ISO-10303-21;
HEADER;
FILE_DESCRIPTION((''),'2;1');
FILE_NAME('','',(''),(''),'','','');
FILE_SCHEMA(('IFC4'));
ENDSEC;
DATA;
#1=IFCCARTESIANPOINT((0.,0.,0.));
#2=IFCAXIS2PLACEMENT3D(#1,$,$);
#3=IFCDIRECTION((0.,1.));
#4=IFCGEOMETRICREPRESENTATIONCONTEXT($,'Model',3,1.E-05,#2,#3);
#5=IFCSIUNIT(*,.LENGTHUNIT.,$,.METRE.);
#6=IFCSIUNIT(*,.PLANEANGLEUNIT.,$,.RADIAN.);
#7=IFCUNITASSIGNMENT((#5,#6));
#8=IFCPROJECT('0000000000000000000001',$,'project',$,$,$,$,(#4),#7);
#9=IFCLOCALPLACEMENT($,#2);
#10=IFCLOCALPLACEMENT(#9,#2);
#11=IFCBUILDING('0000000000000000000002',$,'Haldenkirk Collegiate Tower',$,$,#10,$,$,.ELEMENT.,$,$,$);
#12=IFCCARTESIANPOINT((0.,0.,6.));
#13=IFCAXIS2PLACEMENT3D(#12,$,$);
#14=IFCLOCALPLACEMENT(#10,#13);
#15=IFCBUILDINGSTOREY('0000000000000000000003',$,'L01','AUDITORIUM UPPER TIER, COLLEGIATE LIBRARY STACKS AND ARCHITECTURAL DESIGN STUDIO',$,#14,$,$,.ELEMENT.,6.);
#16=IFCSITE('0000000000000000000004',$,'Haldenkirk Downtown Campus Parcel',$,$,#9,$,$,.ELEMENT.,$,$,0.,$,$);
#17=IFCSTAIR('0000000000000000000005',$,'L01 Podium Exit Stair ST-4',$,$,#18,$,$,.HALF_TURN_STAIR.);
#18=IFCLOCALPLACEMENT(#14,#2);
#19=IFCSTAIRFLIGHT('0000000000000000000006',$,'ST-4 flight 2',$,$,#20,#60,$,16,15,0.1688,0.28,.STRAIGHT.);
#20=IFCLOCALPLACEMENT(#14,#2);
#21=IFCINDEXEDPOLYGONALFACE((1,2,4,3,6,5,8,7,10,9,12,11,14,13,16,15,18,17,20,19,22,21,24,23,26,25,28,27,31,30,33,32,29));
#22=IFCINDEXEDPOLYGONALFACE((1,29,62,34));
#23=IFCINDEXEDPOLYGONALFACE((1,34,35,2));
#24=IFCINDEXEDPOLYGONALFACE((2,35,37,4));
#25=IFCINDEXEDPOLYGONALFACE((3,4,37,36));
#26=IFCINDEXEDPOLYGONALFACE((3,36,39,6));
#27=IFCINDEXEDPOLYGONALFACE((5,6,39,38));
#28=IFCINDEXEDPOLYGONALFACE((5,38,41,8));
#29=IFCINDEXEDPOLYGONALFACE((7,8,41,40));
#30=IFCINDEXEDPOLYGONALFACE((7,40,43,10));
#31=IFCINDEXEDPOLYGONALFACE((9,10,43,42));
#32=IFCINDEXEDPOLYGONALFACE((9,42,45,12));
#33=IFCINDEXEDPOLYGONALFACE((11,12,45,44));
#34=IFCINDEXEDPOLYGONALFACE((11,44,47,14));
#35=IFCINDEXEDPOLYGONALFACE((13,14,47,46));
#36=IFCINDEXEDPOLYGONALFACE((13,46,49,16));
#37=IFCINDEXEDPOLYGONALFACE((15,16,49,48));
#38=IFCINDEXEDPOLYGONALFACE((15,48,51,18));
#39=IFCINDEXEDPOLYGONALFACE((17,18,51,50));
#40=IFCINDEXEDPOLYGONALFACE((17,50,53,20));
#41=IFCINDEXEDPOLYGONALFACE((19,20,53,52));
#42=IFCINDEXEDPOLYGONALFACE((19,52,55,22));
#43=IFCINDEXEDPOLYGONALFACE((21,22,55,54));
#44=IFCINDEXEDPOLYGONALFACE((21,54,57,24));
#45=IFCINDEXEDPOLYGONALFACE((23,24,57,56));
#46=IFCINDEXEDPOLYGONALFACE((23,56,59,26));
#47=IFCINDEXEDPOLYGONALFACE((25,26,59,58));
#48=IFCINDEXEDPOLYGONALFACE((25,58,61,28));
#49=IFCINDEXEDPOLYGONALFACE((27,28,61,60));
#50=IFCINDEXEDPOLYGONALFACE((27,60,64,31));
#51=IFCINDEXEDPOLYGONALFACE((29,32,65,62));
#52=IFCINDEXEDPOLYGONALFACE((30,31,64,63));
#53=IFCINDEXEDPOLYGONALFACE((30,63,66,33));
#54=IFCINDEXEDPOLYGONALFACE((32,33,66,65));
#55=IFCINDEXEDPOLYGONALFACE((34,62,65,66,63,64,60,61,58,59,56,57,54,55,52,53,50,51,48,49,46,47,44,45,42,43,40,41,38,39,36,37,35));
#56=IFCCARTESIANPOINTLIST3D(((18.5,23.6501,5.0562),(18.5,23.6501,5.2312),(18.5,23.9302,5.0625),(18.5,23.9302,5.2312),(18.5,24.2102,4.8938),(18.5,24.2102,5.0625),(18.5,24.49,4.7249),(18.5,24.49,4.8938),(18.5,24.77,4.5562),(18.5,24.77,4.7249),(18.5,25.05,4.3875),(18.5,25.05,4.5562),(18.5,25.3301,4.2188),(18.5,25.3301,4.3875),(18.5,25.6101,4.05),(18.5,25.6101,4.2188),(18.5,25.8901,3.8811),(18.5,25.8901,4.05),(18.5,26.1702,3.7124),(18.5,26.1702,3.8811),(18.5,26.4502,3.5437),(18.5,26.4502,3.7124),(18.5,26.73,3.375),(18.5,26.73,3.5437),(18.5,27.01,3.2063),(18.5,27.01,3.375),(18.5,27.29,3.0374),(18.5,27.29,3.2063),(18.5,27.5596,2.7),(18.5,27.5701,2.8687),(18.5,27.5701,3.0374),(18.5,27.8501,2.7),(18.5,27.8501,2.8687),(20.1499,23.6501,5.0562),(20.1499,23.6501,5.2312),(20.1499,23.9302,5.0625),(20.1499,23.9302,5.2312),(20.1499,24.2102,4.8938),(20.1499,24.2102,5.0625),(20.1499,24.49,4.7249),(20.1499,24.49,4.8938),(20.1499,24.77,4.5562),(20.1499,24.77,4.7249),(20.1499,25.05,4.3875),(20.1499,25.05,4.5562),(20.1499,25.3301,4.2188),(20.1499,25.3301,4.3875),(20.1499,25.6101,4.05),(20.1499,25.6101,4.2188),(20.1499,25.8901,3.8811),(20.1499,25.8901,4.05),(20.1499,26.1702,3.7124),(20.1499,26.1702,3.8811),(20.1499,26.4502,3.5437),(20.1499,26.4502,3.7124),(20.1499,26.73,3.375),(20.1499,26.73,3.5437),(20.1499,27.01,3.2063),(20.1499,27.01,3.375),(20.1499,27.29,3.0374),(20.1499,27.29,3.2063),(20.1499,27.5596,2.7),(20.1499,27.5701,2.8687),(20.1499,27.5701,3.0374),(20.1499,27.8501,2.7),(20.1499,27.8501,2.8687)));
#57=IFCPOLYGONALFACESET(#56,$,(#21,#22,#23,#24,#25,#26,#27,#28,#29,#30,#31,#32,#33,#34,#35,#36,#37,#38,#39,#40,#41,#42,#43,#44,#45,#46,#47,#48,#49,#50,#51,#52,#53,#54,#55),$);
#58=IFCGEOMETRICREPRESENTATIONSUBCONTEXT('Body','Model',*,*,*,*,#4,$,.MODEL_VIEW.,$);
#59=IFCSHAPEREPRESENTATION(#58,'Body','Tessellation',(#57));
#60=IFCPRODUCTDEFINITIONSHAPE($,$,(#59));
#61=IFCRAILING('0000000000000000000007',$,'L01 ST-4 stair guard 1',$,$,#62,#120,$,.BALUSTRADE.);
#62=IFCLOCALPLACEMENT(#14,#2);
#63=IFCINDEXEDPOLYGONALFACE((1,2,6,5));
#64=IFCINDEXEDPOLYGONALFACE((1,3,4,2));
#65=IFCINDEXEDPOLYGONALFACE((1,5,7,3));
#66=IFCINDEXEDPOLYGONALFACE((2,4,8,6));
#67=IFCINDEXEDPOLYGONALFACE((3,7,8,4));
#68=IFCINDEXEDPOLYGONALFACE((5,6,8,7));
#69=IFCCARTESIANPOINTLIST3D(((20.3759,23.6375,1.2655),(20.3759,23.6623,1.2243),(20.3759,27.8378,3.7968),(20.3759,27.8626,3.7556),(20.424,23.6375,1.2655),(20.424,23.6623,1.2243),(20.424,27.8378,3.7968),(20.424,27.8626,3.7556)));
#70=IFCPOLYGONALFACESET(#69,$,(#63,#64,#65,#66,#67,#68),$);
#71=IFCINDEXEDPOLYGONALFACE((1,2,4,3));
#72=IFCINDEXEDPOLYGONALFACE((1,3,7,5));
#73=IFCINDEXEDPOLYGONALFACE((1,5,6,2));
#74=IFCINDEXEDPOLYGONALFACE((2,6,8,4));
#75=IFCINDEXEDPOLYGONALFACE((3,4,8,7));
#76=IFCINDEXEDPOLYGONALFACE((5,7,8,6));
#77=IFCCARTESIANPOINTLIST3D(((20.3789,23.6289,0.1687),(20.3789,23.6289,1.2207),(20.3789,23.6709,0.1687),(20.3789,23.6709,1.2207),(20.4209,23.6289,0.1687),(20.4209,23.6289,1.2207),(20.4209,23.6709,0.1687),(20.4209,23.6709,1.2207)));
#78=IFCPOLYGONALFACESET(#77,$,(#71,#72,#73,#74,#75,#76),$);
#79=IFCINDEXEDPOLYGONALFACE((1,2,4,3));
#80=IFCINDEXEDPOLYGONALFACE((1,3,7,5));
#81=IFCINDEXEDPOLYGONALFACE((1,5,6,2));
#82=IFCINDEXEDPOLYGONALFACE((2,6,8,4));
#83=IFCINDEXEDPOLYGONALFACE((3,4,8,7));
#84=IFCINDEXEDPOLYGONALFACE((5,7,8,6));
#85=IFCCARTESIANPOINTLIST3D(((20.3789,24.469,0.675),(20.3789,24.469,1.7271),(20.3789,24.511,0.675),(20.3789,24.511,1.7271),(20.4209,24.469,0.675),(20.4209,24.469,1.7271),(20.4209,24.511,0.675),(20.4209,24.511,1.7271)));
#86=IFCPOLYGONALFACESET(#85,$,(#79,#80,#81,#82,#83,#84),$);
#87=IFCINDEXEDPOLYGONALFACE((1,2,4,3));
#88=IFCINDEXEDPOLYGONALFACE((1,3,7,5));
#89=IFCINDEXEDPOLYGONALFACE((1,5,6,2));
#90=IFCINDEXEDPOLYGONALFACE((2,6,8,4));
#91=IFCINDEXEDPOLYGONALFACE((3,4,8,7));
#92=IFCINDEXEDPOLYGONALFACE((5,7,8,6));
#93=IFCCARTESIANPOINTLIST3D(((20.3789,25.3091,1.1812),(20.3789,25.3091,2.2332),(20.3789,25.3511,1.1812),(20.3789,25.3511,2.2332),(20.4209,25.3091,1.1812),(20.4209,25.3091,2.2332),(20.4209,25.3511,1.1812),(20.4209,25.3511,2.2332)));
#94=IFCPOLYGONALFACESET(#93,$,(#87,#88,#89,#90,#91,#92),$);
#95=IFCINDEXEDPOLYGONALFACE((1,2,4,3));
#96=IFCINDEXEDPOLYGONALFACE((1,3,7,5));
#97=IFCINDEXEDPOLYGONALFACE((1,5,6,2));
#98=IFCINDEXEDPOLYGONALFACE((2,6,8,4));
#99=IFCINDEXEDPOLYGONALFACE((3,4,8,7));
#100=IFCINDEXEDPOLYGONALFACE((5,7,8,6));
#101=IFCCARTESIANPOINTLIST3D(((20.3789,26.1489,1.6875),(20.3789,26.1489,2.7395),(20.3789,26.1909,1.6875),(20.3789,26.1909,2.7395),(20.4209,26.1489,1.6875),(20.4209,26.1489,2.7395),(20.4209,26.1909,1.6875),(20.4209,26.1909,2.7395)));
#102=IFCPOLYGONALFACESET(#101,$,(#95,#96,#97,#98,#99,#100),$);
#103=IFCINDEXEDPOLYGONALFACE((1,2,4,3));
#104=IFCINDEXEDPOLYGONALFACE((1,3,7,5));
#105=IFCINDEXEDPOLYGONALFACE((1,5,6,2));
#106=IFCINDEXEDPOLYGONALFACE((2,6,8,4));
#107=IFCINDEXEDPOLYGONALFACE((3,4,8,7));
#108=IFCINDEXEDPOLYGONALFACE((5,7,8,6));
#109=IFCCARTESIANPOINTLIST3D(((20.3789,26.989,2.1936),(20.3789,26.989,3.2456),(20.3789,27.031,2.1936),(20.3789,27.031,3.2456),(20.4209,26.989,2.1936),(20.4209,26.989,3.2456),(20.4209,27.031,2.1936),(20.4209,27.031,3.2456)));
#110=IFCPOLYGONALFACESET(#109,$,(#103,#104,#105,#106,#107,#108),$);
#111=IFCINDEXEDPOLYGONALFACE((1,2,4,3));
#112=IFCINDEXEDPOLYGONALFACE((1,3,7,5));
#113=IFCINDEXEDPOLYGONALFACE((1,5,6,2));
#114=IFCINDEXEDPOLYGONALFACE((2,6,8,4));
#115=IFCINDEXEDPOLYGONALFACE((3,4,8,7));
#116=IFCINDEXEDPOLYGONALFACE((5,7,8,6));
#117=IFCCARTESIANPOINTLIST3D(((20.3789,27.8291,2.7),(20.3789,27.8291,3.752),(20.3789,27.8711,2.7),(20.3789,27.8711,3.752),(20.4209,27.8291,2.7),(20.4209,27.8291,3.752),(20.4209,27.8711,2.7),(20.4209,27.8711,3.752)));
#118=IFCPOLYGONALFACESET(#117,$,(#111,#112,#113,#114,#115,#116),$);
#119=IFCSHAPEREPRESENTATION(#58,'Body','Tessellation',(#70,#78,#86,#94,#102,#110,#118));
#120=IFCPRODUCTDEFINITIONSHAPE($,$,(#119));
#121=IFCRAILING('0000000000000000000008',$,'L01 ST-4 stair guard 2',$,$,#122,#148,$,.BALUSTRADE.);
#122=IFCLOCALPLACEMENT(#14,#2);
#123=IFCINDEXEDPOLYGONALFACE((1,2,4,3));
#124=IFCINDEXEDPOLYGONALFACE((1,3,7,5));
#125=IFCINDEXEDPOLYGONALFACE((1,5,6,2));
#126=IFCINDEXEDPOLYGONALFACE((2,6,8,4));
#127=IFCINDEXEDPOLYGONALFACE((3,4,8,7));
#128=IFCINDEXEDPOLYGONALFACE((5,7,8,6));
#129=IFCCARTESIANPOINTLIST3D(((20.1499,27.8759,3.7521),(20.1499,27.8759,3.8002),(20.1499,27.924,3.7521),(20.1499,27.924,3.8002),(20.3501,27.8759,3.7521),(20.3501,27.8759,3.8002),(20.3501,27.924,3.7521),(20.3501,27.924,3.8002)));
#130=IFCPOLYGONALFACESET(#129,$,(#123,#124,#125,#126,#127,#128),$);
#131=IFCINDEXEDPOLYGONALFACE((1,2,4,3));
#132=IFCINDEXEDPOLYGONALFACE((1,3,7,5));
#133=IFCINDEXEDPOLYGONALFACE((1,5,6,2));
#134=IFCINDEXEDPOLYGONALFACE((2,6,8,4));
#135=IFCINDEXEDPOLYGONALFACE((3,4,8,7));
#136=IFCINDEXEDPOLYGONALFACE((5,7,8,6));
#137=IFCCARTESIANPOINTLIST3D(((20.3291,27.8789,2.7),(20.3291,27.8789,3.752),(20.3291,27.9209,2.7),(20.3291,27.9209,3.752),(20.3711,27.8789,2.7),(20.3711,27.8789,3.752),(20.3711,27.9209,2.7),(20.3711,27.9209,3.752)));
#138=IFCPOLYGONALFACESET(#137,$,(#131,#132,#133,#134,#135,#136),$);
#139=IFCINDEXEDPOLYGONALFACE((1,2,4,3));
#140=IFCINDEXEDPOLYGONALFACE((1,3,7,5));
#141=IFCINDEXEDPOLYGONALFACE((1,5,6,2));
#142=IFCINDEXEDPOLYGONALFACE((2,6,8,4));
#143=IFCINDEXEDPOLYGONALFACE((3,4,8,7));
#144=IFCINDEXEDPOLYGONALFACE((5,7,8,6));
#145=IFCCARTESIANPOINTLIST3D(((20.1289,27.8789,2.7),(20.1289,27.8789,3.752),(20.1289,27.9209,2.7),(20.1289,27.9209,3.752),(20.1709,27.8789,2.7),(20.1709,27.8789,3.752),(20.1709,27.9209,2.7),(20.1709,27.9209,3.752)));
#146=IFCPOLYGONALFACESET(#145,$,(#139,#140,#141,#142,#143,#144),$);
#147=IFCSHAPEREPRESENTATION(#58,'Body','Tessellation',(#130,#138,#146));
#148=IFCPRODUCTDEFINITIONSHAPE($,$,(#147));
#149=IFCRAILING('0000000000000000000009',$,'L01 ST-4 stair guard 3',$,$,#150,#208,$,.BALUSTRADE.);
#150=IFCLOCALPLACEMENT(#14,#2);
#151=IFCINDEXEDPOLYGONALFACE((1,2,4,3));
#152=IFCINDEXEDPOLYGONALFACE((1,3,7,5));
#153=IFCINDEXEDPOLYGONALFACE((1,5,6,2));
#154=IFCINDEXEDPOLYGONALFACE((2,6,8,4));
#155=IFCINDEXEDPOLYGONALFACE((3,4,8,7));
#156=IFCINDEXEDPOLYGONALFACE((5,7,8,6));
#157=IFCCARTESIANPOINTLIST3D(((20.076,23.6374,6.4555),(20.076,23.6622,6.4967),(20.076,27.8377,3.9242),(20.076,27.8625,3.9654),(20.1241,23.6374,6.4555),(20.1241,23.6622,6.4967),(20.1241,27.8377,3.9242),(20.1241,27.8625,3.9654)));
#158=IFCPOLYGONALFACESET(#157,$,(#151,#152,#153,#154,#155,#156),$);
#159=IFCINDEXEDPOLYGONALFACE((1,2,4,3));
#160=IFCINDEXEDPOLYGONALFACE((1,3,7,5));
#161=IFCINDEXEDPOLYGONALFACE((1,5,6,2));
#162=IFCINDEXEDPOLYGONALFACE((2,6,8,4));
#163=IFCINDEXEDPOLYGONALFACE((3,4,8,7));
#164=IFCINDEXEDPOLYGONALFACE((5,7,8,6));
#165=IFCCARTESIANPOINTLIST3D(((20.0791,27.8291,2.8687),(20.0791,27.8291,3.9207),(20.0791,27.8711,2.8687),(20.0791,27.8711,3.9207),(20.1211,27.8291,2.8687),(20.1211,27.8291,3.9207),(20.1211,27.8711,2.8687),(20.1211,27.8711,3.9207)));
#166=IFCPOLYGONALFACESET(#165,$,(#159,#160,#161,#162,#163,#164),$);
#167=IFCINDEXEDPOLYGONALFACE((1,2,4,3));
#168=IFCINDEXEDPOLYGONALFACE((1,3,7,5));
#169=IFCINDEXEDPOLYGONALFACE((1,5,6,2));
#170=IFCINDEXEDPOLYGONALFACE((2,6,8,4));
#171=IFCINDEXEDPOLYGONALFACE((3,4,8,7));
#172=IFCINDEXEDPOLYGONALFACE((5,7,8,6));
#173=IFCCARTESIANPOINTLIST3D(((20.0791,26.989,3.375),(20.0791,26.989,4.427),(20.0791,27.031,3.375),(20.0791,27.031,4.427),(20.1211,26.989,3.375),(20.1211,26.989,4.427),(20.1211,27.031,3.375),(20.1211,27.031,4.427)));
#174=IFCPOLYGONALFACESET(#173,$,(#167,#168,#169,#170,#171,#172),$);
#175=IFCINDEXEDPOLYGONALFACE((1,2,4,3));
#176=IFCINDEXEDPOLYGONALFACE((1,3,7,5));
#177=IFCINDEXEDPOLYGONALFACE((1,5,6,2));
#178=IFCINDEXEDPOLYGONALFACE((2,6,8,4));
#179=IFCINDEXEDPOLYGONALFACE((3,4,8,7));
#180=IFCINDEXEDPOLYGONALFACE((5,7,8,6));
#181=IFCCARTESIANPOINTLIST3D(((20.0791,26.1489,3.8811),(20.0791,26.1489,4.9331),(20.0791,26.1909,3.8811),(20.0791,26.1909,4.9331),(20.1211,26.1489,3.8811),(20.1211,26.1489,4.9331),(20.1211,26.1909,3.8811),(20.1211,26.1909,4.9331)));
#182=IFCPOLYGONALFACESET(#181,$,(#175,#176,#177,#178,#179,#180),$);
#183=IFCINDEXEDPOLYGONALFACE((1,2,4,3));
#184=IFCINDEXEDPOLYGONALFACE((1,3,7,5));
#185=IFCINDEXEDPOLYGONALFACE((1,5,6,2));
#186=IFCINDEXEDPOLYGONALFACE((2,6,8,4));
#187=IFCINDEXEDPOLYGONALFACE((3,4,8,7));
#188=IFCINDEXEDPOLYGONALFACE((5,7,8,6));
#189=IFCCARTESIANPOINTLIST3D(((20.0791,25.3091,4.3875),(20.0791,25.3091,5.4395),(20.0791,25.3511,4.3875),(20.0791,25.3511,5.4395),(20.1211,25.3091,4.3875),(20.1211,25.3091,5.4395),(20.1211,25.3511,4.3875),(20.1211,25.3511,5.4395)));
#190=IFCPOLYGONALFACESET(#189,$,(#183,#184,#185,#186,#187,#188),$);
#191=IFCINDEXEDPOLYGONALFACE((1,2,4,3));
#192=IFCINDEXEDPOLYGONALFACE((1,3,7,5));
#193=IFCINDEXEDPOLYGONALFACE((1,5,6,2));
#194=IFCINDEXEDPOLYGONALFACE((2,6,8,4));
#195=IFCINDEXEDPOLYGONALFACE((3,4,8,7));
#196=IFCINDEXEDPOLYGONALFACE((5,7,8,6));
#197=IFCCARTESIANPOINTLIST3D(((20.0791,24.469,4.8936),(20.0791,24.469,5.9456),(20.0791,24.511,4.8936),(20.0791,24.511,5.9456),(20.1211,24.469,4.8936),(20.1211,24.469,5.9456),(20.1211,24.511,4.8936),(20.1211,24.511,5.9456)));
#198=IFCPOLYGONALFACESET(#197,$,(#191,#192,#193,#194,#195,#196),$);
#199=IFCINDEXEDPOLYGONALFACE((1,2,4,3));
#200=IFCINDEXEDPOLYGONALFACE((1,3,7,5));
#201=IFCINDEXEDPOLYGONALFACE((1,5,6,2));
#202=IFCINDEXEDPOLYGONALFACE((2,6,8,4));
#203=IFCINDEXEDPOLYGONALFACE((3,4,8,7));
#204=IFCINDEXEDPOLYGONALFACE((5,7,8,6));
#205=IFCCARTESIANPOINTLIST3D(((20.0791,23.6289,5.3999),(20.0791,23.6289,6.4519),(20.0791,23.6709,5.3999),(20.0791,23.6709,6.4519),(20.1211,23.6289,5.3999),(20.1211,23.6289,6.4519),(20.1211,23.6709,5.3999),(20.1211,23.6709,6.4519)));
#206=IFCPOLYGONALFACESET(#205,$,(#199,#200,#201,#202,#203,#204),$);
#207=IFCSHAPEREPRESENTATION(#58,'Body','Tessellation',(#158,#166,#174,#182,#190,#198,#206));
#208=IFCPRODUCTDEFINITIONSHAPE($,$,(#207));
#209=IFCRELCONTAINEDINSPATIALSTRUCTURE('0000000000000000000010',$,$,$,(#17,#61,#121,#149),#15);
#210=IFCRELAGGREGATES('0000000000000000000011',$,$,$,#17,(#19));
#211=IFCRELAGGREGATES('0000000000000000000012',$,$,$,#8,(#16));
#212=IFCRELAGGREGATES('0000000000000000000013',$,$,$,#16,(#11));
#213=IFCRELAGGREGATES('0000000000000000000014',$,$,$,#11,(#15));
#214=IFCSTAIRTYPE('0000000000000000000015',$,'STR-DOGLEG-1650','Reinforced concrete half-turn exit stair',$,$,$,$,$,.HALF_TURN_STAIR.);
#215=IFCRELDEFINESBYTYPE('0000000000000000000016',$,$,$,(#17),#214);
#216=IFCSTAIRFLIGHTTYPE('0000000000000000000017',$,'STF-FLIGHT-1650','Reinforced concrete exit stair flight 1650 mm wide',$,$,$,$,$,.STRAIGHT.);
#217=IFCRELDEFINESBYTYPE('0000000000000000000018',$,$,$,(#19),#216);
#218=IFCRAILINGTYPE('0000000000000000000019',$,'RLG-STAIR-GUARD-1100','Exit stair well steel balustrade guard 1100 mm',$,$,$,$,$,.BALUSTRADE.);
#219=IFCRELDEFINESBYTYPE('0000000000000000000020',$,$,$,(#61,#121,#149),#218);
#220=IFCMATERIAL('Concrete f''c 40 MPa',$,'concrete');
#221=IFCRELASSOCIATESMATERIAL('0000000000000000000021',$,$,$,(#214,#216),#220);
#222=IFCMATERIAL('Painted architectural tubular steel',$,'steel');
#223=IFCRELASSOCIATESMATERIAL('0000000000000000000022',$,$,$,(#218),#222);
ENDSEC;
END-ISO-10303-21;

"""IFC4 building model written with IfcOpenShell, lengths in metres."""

from ifc_helpers import new_model, si_unit, direction, frame, origin, origin_2d, place, context, subcontext, project, spatial, polyline, rectangle, outline, extrude, material, type_object, element, aggregate, save


model = new_model("IFC4")

# Units and contexts
model_context = context("Model", 3, precision=1e-05, world=origin(), true_north=direction((0.0, 1.0)))
body_context = subcontext(model_context, "Body", "Model", "MODEL_VIEW")
ifc_project = project(units=[si_unit("LENGTHUNIT", "METRE"), si_unit("PLANEANGLEUNIT", "RADIAN")], contexts=[model_context])

# Site, building, storey
site_placement = place(None, origin())
site = spatial("IfcSite", under=ifc_project, at=site_placement, Name="Haldenkirk Downtown Campus Parcel", CompositionType="ELEMENT", RefElevation=0.0)
building_placement = place(site_placement, origin())
building = spatial("IfcBuilding", under=site, at=building_placement, Name="Haldenkirk Collegiate Tower", CompositionType="ELEMENT")
storey_placement = place(building_placement, frame((0.0, 0.0, 6.0)))
storey = spatial("IfcBuildingStorey", under=building, at=storey_placement, Name="L01", Description="AUDITORIUM UPPER TIER, COLLEGIATE LIBRARY STACKS AND ARCHITECTURAL DESIGN STUDIO", CompositionType="ELEMENT", Elevation=6.0)

# Stair, stair flight
ifc_material_1 = material(Name="Concrete f'c 40 MPa", Category="concrete")
stair_type = type_object("IfcStairType", Name="STR-DOGLEG-1650", Description="Reinforced concrete half-turn exit stair", PredefinedType="HALF_TURN_STAIR", material=ifc_material_1)
stair_placement = place(storey_placement, origin())
stair = element("IfcStair", 1, at=stair_placement, inside=storey, type_object=stair_type, Name="L01 Podium Exit Stair ST-4", PredefinedType="HALF_TURN_STAIR")
stair_flight_type = type_object("IfcStairFlightType", Name="STF-FLIGHT-1650", Description="Reinforced concrete exit stair flight 1650 mm wide", PredefinedType="STRAIGHT", material=ifc_material_1)
stair_flight_placement = place(storey_placement, frame((19.325, 27.8501, 2.7), z_axis=(0.0, 0.0, 1.0), x_axis=(0.0, -1.0, 0.0)))
stair_flight = element("IfcStairFlight", 2, at=stair_flight_placement, type_object=stair_flight_type, Name="ST-4 flight 2", NumberOfRisers=16, NumberOfTreads=15, PredefinedType="STRAIGHT", RiserHeight=0.1688, TreadLength=0.28, context=body_context, shape_type="SweptSolid", body=[
    extrude(outline(polyline([(0.0, 0.0), (0.0, 0.1687), (0.28, 0.1687), (0.28, 0.3374), (0.5601, 0.3374), (0.5601, 0.5063), (0.8401, 0.5063), (0.8401, 0.675), (1.1201, 0.675), (1.1201, 0.8438), (1.3999, 0.8438), (1.3999, 1.0125), (1.6799, 1.0125), (1.6799, 1.1812), (1.96, 1.1812), (1.96, 1.3501), (2.24, 1.3501), (2.24, 1.5188), (2.52, 1.5188), (2.52, 1.6875), (2.8, 1.6875), (2.8, 1.8562), (3.0801, 1.8562), (3.0801, 2.0249), (3.3601, 2.0249), (3.3601, 2.1938), (3.6399, 2.1938), (3.6399, 2.3625), (3.9199, 2.3625), (3.9199, 2.5312), (4.2, 2.5312), (4.2, 2.7), (4.2, 2.3562), (0.2905, 0.0), (0.0, 0.0)])), frame((0.0, 0.825, 0.0), z_axis=(0.0, -1.0, 0.0), x_axis=(1.0, 0.0, 0.0)), (0.0, 0.0, 1.0), 1.6499),
])
aggregate(stair, [stair_flight])

# Railings
ifc_material_2 = material(Name="Painted architectural tubular steel", Category="steel")
railing_type_1 = type_object("IfcRailingType", Name="RLG-STAIR-GUARD-1100", Description="Exit stair well steel balustrade guard 1100 mm", PredefinedType="BALUSTRADE", material=ifc_material_2)
railing_1_placement = place(storey_placement, frame((20.3999, 23.6499, 0.1687)))
element("IfcRailing", 3, at=railing_1_placement, inside=storey, type_object=railing_type_1, Name="L01 ST-4 stair guard 1", PredefinedType="BALUSTRADE", context=body_context, shape_type="SweptSolid", body=[
    extrude(rectangle(XDim=0.0481, YDim=0.0481, at=origin_2d()), frame((0.0, 0.0, 1.0762), z_axis=(0.0, 0.85649, 0.516164), x_axis=(-1.0, 0.0, 0.0)), (0.0, 0.0, 1.0), 4.9041),
    extrude(rectangle(XDim=0.042, YDim=0.042, at=origin_2d()), origin(), (0.0, 0.0, 1.0), 1.052),
    extrude(rectangle(XDim=0.042, YDim=0.042, at=origin_2d()), frame((0.0, 0.8401, 0.5063)), (0.0, 0.0, 1.0), 1.052),
    extrude(rectangle(XDim=0.042, YDim=0.042, at=origin_2d()), frame((0.0, 1.6802, 1.0125)), (0.0, 0.0, 1.0), 1.052),
    extrude(rectangle(XDim=0.042, YDim=0.042, at=origin_2d()), frame((0.0, 2.52, 1.5188)), (0.0, 0.0, 1.0), 1.052),
    extrude(rectangle(XDim=0.042, YDim=0.042, at=origin_2d()), frame((0.0, 3.3601, 2.0249)), (0.0, 0.0, 1.0), 1.052),
    extrude(rectangle(XDim=0.042, YDim=0.042, at=origin_2d()), frame((0.0, 4.2002, 2.5312)), (0.0, 0.0, 1.0), 1.052),
])
railing_2_placement = place(storey_placement, frame((20.3501, 27.8999, 2.7)))
element("IfcRailing", 4, at=railing_2_placement, inside=storey, type_object=railing_type_1, Name="L01 ST-4 stair guard 2", PredefinedType="BALUSTRADE", context=body_context, shape_type="SweptSolid", body=[
    extrude(rectangle(XDim=0.0481, YDim=0.0481, at=origin_2d()), frame((0.0, 0.0, 1.0762), z_axis=(-1.0, 0.0, 0.0), x_axis=(0.0, -1.0, 0.0)), (0.0, 0.0, 1.0), 0.2002),
    extrude(rectangle(XDim=0.042, YDim=0.042, at=origin_2d()), origin(), (0.0, 0.0, 1.0), 1.052),
    extrude(rectangle(XDim=0.042, YDim=0.042, at=origin_2d()), frame((-0.2002, 0.0, 0.0)), (0.0, 0.0, 1.0), 1.052),
])
railing_3_placement = place(storey_placement, frame((20.1001, 27.8501, 2.8687)))
element("IfcRailing", 5, at=railing_3_placement, inside=storey, type_object=railing_type_1, Name="L01 ST-4 stair guard 3", PredefinedType="BALUSTRADE", context=body_context, shape_type="SweptSolid", body=[
    extrude(rectangle(XDim=0.0481, YDim=0.0481, at=origin_2d()), frame((0.0, 0.0, 1.0762), z_axis=(0.0, -0.85649, 0.516164), x_axis=(1.0, 0.0, 0.0)), (0.0, 0.0, 1.0), 4.9041),
    extrude(rectangle(XDim=0.042, YDim=0.042, at=origin_2d()), origin(), (0.0, 0.0, 1.0), 1.052),
    extrude(rectangle(XDim=0.042, YDim=0.042, at=origin_2d()), frame((0.0, -0.8401, 0.5063)), (0.0, 0.0, 1.0), 1.052),
    extrude(rectangle(XDim=0.042, YDim=0.042, at=origin_2d()), frame((0.0, -1.6802, 1.0125)), (0.0, 0.0, 1.0), 1.052),
    extrude(rectangle(XDim=0.042, YDim=0.042, at=origin_2d()), frame((0.0, -2.52, 1.5188)), (0.0, 0.0, 1.0), 1.052),
    extrude(rectangle(XDim=0.042, YDim=0.042, at=origin_2d()), frame((0.0, -3.3601, 2.0249)), (0.0, 0.0, 1.0), 1.052),
    extrude(rectangle(XDim=0.042, YDim=0.042, at=origin_2d()), frame((0.0, -4.2002, 2.5312)), (0.0, 0.0, 1.0), 1.052),
])

save(model, "model.ifc")
